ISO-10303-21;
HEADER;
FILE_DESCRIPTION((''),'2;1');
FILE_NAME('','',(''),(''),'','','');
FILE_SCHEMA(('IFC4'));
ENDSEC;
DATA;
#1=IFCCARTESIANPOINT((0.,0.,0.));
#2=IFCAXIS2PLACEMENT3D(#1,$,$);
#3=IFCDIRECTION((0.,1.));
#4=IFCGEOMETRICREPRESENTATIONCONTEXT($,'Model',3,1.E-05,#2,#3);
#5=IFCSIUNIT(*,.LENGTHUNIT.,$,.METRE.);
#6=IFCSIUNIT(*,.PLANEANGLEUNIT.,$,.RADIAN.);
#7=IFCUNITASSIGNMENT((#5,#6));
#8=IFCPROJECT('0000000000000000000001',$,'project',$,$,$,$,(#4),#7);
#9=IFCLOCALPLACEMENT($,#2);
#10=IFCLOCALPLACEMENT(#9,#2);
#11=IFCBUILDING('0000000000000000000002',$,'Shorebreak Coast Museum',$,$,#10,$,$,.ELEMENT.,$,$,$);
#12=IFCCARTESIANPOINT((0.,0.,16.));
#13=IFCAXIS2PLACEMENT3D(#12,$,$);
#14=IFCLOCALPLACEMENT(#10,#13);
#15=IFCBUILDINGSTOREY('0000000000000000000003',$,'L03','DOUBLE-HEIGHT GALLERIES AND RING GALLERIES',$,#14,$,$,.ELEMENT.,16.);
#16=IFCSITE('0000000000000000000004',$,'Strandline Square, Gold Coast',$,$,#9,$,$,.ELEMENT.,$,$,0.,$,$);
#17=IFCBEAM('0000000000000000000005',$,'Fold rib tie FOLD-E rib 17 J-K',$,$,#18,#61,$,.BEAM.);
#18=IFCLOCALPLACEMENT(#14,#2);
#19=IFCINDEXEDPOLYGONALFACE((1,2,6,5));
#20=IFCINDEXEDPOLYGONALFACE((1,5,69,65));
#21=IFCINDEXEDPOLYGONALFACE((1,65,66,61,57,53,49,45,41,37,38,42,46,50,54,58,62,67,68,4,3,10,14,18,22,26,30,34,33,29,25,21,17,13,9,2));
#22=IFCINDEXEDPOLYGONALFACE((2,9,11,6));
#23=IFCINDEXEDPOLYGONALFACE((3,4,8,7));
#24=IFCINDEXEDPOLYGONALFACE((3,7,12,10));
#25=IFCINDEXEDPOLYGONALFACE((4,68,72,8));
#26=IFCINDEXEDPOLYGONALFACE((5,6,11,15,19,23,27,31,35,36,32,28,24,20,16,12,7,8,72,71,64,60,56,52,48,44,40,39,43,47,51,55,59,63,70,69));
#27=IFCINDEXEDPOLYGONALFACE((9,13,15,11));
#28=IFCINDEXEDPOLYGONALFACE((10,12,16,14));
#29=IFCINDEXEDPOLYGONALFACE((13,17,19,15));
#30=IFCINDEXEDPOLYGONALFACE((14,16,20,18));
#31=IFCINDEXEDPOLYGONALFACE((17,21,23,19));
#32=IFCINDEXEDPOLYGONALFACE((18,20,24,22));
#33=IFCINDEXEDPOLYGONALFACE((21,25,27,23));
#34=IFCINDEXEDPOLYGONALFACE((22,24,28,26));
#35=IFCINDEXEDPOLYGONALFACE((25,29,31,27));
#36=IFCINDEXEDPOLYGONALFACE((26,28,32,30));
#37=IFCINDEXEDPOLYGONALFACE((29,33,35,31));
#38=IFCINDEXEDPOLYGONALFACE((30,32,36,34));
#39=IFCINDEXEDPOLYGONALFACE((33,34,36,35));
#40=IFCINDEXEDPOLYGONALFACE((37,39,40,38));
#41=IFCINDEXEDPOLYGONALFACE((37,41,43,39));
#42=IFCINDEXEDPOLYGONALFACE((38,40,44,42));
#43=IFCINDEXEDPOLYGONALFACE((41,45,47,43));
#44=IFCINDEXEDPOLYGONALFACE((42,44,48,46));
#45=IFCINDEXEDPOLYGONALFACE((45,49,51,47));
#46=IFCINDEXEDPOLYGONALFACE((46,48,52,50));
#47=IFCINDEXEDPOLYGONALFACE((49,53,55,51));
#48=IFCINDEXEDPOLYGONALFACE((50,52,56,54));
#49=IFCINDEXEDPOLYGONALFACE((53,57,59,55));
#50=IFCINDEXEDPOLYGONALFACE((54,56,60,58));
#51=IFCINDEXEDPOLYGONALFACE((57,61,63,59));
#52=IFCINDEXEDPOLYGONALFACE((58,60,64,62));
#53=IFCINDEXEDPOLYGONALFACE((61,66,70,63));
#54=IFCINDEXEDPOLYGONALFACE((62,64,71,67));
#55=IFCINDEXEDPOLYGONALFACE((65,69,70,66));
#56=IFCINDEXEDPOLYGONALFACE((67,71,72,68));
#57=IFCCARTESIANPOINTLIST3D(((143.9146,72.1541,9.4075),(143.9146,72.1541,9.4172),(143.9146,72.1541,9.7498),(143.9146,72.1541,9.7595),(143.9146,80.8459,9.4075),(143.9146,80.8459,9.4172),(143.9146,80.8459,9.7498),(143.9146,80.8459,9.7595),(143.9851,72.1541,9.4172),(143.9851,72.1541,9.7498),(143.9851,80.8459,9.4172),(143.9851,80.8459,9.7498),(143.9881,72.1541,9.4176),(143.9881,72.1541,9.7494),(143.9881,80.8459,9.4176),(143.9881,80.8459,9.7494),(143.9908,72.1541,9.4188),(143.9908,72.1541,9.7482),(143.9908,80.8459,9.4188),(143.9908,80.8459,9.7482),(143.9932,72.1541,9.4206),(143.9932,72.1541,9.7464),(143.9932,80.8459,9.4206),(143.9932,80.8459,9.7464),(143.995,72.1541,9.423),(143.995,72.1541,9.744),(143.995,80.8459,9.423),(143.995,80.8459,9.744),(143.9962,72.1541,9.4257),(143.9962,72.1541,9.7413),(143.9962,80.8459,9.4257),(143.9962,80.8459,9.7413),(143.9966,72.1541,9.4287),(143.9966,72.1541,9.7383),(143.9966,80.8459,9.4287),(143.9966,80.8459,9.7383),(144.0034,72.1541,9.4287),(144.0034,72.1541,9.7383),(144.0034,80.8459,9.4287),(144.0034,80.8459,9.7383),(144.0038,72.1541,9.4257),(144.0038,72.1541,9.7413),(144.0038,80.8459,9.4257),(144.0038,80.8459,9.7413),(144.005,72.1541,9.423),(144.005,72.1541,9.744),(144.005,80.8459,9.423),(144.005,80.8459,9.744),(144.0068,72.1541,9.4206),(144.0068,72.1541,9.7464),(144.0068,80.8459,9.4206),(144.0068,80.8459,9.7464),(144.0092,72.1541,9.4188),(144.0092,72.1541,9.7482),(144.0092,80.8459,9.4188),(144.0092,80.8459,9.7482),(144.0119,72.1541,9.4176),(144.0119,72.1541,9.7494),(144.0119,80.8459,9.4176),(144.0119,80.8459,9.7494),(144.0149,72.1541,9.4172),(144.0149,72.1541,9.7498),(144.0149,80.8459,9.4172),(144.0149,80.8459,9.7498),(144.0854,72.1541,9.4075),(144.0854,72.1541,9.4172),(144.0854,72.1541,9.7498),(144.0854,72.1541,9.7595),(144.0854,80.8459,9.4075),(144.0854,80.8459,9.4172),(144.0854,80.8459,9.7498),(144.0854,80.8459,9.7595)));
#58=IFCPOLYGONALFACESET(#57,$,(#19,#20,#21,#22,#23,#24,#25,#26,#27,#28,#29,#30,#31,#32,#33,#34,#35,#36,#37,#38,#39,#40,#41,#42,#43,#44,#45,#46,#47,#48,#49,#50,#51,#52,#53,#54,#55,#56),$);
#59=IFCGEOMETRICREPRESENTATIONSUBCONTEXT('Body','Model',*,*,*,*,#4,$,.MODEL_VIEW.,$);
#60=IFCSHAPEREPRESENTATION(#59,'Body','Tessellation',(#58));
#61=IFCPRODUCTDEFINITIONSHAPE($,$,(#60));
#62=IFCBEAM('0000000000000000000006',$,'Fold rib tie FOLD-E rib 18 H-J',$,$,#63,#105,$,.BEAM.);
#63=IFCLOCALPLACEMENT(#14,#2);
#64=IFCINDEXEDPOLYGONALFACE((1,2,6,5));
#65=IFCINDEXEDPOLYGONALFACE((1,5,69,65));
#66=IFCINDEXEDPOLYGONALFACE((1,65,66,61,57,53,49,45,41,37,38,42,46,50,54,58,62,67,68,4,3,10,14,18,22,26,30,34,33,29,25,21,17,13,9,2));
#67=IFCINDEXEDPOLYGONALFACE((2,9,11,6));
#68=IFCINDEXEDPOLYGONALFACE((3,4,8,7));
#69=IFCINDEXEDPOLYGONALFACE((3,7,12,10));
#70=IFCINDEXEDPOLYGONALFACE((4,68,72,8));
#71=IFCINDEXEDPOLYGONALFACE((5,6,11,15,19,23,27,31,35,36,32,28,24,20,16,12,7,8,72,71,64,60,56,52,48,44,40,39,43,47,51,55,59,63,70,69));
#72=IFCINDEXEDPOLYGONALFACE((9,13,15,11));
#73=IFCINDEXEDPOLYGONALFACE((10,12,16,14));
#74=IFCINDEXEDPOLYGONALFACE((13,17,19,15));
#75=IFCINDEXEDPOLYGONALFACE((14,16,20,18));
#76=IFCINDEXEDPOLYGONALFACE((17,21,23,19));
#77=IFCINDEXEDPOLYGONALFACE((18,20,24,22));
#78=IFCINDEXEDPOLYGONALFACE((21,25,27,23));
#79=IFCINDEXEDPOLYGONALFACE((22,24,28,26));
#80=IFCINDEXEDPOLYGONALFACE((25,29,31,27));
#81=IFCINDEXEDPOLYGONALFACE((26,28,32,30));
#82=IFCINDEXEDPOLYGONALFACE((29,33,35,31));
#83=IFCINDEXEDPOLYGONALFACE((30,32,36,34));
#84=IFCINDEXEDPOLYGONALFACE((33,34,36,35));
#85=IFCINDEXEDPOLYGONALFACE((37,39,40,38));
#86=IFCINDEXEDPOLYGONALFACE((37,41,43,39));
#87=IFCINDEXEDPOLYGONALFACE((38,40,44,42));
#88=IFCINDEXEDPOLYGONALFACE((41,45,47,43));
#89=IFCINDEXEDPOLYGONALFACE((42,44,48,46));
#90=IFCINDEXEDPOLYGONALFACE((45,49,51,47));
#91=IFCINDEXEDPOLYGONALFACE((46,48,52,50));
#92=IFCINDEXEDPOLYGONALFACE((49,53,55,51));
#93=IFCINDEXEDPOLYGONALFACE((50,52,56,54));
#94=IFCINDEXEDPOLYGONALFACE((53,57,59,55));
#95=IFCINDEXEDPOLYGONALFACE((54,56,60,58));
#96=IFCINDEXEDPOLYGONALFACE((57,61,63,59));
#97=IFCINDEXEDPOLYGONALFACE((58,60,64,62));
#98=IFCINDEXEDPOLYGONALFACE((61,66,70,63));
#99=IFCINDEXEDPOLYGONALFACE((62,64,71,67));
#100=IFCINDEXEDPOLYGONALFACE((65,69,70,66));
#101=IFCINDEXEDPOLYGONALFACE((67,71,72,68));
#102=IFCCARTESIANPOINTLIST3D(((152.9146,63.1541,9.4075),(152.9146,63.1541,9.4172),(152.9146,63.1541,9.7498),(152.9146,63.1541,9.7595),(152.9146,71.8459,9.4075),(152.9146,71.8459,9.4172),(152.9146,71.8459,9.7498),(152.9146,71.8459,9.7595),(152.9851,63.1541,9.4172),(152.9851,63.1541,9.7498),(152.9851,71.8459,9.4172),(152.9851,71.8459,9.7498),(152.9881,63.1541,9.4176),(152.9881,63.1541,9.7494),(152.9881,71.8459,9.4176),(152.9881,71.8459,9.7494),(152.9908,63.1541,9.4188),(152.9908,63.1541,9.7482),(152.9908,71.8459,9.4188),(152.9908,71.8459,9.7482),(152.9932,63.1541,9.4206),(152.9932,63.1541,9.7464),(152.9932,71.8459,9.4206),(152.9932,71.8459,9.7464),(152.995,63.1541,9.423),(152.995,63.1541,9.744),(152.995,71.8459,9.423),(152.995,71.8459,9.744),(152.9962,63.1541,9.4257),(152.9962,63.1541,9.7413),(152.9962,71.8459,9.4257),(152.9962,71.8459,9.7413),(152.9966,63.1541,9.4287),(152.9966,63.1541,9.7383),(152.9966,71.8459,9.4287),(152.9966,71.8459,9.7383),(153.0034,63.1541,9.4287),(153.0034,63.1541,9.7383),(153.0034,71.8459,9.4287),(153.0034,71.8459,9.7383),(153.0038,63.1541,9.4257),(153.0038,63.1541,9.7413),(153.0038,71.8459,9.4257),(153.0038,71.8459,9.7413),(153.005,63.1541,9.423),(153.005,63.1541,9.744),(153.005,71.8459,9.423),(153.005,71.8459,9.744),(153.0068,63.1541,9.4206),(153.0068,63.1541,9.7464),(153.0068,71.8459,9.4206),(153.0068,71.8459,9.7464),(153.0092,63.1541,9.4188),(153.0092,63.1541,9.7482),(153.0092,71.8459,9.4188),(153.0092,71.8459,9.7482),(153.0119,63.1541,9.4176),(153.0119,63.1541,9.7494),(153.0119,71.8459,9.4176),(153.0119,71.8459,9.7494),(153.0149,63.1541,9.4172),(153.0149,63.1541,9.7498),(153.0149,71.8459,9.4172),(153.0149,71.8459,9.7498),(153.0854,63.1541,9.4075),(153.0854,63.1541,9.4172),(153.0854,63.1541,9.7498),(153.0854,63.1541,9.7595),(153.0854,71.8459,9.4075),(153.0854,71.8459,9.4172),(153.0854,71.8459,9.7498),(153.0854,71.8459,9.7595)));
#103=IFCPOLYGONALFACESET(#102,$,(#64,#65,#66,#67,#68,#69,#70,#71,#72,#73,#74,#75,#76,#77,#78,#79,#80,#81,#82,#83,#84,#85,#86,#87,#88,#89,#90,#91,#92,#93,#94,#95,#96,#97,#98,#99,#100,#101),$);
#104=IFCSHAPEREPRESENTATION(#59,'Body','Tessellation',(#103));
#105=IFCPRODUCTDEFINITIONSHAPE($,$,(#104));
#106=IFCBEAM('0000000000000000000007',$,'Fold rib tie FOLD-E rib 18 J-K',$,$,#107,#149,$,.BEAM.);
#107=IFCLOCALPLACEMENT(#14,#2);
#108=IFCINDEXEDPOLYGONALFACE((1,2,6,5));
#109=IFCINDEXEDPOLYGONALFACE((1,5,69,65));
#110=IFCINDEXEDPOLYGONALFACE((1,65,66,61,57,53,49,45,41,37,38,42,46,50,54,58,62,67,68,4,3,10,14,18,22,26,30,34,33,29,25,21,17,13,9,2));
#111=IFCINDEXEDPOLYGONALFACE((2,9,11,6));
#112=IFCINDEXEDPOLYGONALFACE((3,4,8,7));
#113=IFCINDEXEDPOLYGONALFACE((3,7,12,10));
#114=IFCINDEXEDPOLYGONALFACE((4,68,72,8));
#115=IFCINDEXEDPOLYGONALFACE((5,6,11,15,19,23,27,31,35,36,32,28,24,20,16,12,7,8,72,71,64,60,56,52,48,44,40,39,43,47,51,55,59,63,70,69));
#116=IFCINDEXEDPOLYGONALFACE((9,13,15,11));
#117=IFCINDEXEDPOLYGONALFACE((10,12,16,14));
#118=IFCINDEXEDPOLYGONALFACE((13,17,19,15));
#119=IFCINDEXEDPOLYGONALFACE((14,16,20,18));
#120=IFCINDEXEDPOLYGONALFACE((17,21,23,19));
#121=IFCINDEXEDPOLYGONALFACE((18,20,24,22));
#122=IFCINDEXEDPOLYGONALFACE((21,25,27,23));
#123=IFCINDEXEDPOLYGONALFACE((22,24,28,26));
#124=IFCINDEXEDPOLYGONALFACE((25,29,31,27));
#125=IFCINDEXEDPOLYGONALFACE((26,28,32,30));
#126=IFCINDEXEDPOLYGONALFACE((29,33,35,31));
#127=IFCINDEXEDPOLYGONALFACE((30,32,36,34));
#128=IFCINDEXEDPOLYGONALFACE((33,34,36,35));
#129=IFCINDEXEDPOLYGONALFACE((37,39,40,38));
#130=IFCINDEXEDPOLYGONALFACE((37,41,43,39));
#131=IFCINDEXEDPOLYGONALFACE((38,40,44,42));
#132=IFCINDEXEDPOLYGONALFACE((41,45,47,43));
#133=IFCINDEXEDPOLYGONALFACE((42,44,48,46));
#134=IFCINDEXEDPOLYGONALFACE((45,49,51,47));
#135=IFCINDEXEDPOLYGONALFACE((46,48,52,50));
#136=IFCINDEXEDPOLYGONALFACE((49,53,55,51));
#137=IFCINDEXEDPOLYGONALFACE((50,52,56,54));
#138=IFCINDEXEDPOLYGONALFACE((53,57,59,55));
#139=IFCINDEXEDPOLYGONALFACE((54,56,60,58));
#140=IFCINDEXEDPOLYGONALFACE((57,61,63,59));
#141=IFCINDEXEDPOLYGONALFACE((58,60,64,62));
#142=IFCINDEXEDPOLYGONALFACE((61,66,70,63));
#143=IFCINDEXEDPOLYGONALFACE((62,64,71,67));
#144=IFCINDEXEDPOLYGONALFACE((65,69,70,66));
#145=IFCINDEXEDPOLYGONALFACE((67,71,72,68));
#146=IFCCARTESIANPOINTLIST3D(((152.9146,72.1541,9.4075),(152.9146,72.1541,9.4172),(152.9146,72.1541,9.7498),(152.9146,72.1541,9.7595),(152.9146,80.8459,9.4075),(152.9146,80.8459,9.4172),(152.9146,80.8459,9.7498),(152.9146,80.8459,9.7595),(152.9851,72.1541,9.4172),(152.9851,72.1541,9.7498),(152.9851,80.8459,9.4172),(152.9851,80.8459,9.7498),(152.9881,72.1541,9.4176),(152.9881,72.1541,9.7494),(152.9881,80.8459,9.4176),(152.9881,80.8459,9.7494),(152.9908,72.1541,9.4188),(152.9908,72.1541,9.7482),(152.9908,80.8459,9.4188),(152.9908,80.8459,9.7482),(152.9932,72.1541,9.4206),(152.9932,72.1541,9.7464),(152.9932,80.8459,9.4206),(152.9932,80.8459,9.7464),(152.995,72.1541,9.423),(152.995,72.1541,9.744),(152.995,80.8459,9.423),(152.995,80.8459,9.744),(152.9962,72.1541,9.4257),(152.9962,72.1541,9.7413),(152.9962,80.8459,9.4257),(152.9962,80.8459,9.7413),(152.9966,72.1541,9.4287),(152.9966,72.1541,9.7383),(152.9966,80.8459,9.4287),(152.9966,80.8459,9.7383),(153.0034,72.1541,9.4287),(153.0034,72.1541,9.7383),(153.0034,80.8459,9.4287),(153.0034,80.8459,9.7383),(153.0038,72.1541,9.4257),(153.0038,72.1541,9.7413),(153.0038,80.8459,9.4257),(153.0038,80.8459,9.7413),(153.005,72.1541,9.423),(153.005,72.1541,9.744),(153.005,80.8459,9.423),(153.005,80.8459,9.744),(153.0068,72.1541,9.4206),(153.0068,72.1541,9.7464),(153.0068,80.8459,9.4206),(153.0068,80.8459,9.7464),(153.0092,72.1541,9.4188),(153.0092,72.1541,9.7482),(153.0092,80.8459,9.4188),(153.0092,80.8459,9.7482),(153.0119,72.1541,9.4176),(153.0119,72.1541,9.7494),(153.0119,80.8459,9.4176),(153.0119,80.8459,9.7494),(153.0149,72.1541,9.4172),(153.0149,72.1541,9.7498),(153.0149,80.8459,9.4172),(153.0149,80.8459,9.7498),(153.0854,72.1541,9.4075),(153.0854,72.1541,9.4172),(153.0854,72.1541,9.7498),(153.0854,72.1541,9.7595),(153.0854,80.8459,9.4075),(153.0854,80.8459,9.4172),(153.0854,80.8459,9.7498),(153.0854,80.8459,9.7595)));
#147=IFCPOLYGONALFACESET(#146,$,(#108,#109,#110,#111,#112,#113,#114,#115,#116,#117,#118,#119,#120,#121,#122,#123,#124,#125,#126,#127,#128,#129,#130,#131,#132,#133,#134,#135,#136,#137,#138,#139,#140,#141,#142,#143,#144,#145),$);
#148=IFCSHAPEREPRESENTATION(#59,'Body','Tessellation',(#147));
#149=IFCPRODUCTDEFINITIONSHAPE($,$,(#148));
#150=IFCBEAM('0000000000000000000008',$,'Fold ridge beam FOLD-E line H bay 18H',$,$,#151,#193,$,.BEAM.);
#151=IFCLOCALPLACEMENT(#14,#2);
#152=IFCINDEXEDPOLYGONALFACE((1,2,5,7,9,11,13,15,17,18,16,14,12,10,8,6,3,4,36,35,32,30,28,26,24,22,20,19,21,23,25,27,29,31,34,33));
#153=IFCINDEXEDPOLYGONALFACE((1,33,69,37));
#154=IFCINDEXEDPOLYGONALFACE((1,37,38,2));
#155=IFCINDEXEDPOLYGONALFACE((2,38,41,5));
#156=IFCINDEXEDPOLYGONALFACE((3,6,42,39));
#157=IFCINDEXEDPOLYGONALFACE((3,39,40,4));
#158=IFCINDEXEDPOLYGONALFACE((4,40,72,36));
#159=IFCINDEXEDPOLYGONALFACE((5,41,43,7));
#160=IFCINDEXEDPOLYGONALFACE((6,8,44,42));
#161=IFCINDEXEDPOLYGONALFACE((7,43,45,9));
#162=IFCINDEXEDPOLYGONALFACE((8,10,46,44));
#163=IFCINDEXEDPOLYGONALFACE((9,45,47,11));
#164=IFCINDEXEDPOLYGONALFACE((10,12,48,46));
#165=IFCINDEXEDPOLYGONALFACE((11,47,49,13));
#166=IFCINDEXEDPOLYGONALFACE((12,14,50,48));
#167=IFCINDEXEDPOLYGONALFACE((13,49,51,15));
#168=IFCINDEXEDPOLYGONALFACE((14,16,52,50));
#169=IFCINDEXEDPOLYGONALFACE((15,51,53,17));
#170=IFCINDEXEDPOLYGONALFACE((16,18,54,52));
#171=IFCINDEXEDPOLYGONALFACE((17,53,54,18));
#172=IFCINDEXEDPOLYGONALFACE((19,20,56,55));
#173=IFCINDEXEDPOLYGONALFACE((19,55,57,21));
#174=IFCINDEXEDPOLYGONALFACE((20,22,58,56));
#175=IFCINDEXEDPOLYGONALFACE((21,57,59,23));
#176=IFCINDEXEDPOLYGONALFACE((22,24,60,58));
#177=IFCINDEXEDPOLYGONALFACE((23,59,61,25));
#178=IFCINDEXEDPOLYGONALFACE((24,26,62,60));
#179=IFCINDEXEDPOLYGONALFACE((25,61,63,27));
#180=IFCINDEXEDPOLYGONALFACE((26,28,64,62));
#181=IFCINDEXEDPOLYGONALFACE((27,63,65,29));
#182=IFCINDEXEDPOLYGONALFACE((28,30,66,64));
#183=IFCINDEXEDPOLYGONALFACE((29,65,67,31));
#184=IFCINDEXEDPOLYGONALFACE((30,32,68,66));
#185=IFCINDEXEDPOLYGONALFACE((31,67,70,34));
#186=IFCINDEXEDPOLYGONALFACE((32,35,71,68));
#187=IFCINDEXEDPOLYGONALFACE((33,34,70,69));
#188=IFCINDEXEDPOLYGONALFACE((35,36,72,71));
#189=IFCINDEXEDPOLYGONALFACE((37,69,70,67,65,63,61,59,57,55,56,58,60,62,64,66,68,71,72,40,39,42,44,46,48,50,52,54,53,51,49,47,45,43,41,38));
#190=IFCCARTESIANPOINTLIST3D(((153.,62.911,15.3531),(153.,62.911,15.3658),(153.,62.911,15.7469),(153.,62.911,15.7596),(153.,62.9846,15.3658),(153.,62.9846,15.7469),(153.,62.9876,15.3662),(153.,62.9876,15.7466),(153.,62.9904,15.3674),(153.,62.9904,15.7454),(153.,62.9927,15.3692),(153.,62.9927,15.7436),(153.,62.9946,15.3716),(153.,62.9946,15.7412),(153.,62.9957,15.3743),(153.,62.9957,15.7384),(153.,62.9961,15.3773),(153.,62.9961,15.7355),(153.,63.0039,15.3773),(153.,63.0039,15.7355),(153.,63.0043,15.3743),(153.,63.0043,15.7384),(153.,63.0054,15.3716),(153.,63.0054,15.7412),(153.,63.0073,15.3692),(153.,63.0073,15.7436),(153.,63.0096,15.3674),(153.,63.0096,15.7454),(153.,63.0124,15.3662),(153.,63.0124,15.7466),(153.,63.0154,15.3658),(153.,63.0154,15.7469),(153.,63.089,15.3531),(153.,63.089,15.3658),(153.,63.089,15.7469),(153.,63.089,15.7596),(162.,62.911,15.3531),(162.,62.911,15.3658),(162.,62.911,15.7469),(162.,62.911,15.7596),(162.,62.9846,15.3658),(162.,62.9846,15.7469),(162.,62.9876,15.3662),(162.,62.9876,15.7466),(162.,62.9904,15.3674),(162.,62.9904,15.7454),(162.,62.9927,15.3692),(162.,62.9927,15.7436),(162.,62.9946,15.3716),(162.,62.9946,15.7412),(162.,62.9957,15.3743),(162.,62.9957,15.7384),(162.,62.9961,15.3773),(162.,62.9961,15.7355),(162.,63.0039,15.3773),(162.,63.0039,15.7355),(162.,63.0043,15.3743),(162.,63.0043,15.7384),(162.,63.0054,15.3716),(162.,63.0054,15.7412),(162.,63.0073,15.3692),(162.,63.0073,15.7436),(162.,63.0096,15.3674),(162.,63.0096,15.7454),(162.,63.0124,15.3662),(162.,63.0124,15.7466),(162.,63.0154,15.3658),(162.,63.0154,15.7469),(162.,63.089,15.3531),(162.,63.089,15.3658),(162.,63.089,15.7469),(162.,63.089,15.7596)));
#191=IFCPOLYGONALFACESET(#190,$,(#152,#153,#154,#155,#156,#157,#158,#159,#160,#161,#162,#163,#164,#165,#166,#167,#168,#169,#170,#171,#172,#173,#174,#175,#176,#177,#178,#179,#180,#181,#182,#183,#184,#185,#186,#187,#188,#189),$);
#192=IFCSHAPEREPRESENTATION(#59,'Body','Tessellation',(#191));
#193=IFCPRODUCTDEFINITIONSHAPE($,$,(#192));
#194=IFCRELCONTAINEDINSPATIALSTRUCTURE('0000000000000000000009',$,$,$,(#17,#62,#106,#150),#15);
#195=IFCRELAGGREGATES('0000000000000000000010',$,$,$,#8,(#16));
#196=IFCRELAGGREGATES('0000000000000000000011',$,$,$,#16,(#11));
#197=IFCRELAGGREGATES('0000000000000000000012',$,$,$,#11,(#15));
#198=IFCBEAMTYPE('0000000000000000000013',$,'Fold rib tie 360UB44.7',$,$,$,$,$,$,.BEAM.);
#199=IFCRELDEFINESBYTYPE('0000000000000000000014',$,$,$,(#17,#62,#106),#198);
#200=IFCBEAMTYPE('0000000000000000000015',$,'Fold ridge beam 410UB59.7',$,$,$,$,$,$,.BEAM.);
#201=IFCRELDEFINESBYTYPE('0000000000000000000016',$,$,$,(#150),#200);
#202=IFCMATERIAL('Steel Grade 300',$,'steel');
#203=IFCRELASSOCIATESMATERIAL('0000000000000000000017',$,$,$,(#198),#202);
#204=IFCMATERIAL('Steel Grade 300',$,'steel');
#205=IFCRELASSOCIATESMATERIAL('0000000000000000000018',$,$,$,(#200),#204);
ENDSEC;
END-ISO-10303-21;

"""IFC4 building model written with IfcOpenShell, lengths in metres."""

from ifc_helpers import new_model, si_unit, direction, frame, origin, origin_2d, place, context, subcontext, project, spatial, i_section, extrude, material, material_profile, profile_set, type_object, element, save


model = new_model("IFC4")

# Units and contexts
model_context = context("Model", 3, precision=1e-05, world=origin(), true_north=direction((0.0, 1.0)))
body_context = subcontext(model_context, "Body", "Model", "MODEL_VIEW")
ifc_project = project(units=[si_unit("LENGTHUNIT", "METRE"), si_unit("PLANEANGLEUNIT", "RADIAN")], contexts=[model_context])

# Site, building, storey
site_placement = place(None, origin())
site = spatial("IfcSite", under=ifc_project, at=site_placement, Name="Strandline Square, Gold Coast", CompositionType="ELEMENT", RefElevation=0.0)
building_placement = place(site_placement, origin())
building = spatial("IfcBuilding", under=site, at=building_placement, Name="Shorebreak Coast Museum", CompositionType="ELEMENT")
storey_placement = place(building_placement, frame((0.0, 0.0, 16.0)))
storey = spatial("IfcBuildingStorey", under=building, at=storey_placement, Name="L03", Description="DOUBLE-HEIGHT GALLERIES AND RING GALLERIES", CompositionType="ELEMENT", Elevation=16.0)

# Beams
ifc_material_1 = material(Name="Steel Grade 300", Category="steel")
ifc_material_profile_1 = material_profile(ifc_material_1, i_section(OverallWidth=0.1709, OverallDepth=0.3521, WebThickness=0.0068, FlangeThickness=0.0098, FilletRadius=0.0115, at=origin_2d()), Name="360UB44.7")
ifc_profile_set_1 = profile_set([ifc_material_profile_1], Name="Steel Grade 300")
beam_type_1 = type_object("IfcBeamType", Name="Fold rib tie 360UB44.7", PredefinedType="BEAM", material=ifc_profile_set_1)
for number, where, z_axis, x_axis, name in (
    (1, (144.0, 72.1541, 9.5835), (0.0, 1.0, 0.0), (-1.0, 0.0, 0.0), "Fold rib tie FOLD-E rib 17 J-K"),
    (2, (153.0, 63.1541, 9.5835), (0.0, 1.0, 0.0), (-1.0, 0.0, 0.0), "Fold rib tie FOLD-E rib 18 H-J"),
    (3, (153.0, 72.1541, 9.5835), (0.0, 1.0, 0.0), (-1.0, 0.0, 0.0), "Fold rib tie FOLD-E rib 18 J-K"),
):
    element("IfcBeam", number, at=place(storey_placement, frame(where, z_axis=z_axis, x_axis=x_axis)), inside=storey, type_object=beam_type_1, Name=name, PredefinedType="BEAM", context=body_context, shape_type="SweptSolid", body=[
        extrude(i_section(OverallWidth=0.1709, OverallDepth=0.3521, WebThickness=0.0068, FlangeThickness=0.0098, FilletRadius=0.0115, at=origin_2d()), origin(), (0.0, 0.0, 1.0), 8.6919),
    ])
ifc_material_2 = material(Name="Steel Grade 300", Category="steel")
ifc_material_profile_2 = material_profile(ifc_material_2, i_section(OverallWidth=0.178, OverallDepth=0.4065, WebThickness=0.0078, FlangeThickness=0.0127, FilletRadius=0.0115, at=origin_2d()), Name="410UB59.7")
ifc_profile_set_2 = profile_set([ifc_material_profile_2], Name="Steel Grade 300")
beam_type_2 = type_object("IfcBeamType", Name="Fold ridge beam 410UB59.7", PredefinedType="BEAM", material=ifc_profile_set_2)
beam_1_placement = place(storey_placement, frame((153.0, 63.0, 15.5564), z_axis=(1.0, 0.0, 0.0), x_axis=(0.0, 1.0, 0.0)))
element("IfcBeam", 4, at=beam_1_placement, inside=storey, type_object=beam_type_2, Name="Fold ridge beam FOLD-E line H bay 18H", PredefinedType="BEAM", context=body_context, shape_type="SweptSolid", body=[
    extrude(i_section(OverallWidth=0.178, OverallDepth=0.4065, WebThickness=0.0078, FlangeThickness=0.0127, FilletRadius=0.0115, at=origin_2d()), origin(), (0.0, 0.0, 1.0), 9.0),
])

save(model, "model.ifc")
